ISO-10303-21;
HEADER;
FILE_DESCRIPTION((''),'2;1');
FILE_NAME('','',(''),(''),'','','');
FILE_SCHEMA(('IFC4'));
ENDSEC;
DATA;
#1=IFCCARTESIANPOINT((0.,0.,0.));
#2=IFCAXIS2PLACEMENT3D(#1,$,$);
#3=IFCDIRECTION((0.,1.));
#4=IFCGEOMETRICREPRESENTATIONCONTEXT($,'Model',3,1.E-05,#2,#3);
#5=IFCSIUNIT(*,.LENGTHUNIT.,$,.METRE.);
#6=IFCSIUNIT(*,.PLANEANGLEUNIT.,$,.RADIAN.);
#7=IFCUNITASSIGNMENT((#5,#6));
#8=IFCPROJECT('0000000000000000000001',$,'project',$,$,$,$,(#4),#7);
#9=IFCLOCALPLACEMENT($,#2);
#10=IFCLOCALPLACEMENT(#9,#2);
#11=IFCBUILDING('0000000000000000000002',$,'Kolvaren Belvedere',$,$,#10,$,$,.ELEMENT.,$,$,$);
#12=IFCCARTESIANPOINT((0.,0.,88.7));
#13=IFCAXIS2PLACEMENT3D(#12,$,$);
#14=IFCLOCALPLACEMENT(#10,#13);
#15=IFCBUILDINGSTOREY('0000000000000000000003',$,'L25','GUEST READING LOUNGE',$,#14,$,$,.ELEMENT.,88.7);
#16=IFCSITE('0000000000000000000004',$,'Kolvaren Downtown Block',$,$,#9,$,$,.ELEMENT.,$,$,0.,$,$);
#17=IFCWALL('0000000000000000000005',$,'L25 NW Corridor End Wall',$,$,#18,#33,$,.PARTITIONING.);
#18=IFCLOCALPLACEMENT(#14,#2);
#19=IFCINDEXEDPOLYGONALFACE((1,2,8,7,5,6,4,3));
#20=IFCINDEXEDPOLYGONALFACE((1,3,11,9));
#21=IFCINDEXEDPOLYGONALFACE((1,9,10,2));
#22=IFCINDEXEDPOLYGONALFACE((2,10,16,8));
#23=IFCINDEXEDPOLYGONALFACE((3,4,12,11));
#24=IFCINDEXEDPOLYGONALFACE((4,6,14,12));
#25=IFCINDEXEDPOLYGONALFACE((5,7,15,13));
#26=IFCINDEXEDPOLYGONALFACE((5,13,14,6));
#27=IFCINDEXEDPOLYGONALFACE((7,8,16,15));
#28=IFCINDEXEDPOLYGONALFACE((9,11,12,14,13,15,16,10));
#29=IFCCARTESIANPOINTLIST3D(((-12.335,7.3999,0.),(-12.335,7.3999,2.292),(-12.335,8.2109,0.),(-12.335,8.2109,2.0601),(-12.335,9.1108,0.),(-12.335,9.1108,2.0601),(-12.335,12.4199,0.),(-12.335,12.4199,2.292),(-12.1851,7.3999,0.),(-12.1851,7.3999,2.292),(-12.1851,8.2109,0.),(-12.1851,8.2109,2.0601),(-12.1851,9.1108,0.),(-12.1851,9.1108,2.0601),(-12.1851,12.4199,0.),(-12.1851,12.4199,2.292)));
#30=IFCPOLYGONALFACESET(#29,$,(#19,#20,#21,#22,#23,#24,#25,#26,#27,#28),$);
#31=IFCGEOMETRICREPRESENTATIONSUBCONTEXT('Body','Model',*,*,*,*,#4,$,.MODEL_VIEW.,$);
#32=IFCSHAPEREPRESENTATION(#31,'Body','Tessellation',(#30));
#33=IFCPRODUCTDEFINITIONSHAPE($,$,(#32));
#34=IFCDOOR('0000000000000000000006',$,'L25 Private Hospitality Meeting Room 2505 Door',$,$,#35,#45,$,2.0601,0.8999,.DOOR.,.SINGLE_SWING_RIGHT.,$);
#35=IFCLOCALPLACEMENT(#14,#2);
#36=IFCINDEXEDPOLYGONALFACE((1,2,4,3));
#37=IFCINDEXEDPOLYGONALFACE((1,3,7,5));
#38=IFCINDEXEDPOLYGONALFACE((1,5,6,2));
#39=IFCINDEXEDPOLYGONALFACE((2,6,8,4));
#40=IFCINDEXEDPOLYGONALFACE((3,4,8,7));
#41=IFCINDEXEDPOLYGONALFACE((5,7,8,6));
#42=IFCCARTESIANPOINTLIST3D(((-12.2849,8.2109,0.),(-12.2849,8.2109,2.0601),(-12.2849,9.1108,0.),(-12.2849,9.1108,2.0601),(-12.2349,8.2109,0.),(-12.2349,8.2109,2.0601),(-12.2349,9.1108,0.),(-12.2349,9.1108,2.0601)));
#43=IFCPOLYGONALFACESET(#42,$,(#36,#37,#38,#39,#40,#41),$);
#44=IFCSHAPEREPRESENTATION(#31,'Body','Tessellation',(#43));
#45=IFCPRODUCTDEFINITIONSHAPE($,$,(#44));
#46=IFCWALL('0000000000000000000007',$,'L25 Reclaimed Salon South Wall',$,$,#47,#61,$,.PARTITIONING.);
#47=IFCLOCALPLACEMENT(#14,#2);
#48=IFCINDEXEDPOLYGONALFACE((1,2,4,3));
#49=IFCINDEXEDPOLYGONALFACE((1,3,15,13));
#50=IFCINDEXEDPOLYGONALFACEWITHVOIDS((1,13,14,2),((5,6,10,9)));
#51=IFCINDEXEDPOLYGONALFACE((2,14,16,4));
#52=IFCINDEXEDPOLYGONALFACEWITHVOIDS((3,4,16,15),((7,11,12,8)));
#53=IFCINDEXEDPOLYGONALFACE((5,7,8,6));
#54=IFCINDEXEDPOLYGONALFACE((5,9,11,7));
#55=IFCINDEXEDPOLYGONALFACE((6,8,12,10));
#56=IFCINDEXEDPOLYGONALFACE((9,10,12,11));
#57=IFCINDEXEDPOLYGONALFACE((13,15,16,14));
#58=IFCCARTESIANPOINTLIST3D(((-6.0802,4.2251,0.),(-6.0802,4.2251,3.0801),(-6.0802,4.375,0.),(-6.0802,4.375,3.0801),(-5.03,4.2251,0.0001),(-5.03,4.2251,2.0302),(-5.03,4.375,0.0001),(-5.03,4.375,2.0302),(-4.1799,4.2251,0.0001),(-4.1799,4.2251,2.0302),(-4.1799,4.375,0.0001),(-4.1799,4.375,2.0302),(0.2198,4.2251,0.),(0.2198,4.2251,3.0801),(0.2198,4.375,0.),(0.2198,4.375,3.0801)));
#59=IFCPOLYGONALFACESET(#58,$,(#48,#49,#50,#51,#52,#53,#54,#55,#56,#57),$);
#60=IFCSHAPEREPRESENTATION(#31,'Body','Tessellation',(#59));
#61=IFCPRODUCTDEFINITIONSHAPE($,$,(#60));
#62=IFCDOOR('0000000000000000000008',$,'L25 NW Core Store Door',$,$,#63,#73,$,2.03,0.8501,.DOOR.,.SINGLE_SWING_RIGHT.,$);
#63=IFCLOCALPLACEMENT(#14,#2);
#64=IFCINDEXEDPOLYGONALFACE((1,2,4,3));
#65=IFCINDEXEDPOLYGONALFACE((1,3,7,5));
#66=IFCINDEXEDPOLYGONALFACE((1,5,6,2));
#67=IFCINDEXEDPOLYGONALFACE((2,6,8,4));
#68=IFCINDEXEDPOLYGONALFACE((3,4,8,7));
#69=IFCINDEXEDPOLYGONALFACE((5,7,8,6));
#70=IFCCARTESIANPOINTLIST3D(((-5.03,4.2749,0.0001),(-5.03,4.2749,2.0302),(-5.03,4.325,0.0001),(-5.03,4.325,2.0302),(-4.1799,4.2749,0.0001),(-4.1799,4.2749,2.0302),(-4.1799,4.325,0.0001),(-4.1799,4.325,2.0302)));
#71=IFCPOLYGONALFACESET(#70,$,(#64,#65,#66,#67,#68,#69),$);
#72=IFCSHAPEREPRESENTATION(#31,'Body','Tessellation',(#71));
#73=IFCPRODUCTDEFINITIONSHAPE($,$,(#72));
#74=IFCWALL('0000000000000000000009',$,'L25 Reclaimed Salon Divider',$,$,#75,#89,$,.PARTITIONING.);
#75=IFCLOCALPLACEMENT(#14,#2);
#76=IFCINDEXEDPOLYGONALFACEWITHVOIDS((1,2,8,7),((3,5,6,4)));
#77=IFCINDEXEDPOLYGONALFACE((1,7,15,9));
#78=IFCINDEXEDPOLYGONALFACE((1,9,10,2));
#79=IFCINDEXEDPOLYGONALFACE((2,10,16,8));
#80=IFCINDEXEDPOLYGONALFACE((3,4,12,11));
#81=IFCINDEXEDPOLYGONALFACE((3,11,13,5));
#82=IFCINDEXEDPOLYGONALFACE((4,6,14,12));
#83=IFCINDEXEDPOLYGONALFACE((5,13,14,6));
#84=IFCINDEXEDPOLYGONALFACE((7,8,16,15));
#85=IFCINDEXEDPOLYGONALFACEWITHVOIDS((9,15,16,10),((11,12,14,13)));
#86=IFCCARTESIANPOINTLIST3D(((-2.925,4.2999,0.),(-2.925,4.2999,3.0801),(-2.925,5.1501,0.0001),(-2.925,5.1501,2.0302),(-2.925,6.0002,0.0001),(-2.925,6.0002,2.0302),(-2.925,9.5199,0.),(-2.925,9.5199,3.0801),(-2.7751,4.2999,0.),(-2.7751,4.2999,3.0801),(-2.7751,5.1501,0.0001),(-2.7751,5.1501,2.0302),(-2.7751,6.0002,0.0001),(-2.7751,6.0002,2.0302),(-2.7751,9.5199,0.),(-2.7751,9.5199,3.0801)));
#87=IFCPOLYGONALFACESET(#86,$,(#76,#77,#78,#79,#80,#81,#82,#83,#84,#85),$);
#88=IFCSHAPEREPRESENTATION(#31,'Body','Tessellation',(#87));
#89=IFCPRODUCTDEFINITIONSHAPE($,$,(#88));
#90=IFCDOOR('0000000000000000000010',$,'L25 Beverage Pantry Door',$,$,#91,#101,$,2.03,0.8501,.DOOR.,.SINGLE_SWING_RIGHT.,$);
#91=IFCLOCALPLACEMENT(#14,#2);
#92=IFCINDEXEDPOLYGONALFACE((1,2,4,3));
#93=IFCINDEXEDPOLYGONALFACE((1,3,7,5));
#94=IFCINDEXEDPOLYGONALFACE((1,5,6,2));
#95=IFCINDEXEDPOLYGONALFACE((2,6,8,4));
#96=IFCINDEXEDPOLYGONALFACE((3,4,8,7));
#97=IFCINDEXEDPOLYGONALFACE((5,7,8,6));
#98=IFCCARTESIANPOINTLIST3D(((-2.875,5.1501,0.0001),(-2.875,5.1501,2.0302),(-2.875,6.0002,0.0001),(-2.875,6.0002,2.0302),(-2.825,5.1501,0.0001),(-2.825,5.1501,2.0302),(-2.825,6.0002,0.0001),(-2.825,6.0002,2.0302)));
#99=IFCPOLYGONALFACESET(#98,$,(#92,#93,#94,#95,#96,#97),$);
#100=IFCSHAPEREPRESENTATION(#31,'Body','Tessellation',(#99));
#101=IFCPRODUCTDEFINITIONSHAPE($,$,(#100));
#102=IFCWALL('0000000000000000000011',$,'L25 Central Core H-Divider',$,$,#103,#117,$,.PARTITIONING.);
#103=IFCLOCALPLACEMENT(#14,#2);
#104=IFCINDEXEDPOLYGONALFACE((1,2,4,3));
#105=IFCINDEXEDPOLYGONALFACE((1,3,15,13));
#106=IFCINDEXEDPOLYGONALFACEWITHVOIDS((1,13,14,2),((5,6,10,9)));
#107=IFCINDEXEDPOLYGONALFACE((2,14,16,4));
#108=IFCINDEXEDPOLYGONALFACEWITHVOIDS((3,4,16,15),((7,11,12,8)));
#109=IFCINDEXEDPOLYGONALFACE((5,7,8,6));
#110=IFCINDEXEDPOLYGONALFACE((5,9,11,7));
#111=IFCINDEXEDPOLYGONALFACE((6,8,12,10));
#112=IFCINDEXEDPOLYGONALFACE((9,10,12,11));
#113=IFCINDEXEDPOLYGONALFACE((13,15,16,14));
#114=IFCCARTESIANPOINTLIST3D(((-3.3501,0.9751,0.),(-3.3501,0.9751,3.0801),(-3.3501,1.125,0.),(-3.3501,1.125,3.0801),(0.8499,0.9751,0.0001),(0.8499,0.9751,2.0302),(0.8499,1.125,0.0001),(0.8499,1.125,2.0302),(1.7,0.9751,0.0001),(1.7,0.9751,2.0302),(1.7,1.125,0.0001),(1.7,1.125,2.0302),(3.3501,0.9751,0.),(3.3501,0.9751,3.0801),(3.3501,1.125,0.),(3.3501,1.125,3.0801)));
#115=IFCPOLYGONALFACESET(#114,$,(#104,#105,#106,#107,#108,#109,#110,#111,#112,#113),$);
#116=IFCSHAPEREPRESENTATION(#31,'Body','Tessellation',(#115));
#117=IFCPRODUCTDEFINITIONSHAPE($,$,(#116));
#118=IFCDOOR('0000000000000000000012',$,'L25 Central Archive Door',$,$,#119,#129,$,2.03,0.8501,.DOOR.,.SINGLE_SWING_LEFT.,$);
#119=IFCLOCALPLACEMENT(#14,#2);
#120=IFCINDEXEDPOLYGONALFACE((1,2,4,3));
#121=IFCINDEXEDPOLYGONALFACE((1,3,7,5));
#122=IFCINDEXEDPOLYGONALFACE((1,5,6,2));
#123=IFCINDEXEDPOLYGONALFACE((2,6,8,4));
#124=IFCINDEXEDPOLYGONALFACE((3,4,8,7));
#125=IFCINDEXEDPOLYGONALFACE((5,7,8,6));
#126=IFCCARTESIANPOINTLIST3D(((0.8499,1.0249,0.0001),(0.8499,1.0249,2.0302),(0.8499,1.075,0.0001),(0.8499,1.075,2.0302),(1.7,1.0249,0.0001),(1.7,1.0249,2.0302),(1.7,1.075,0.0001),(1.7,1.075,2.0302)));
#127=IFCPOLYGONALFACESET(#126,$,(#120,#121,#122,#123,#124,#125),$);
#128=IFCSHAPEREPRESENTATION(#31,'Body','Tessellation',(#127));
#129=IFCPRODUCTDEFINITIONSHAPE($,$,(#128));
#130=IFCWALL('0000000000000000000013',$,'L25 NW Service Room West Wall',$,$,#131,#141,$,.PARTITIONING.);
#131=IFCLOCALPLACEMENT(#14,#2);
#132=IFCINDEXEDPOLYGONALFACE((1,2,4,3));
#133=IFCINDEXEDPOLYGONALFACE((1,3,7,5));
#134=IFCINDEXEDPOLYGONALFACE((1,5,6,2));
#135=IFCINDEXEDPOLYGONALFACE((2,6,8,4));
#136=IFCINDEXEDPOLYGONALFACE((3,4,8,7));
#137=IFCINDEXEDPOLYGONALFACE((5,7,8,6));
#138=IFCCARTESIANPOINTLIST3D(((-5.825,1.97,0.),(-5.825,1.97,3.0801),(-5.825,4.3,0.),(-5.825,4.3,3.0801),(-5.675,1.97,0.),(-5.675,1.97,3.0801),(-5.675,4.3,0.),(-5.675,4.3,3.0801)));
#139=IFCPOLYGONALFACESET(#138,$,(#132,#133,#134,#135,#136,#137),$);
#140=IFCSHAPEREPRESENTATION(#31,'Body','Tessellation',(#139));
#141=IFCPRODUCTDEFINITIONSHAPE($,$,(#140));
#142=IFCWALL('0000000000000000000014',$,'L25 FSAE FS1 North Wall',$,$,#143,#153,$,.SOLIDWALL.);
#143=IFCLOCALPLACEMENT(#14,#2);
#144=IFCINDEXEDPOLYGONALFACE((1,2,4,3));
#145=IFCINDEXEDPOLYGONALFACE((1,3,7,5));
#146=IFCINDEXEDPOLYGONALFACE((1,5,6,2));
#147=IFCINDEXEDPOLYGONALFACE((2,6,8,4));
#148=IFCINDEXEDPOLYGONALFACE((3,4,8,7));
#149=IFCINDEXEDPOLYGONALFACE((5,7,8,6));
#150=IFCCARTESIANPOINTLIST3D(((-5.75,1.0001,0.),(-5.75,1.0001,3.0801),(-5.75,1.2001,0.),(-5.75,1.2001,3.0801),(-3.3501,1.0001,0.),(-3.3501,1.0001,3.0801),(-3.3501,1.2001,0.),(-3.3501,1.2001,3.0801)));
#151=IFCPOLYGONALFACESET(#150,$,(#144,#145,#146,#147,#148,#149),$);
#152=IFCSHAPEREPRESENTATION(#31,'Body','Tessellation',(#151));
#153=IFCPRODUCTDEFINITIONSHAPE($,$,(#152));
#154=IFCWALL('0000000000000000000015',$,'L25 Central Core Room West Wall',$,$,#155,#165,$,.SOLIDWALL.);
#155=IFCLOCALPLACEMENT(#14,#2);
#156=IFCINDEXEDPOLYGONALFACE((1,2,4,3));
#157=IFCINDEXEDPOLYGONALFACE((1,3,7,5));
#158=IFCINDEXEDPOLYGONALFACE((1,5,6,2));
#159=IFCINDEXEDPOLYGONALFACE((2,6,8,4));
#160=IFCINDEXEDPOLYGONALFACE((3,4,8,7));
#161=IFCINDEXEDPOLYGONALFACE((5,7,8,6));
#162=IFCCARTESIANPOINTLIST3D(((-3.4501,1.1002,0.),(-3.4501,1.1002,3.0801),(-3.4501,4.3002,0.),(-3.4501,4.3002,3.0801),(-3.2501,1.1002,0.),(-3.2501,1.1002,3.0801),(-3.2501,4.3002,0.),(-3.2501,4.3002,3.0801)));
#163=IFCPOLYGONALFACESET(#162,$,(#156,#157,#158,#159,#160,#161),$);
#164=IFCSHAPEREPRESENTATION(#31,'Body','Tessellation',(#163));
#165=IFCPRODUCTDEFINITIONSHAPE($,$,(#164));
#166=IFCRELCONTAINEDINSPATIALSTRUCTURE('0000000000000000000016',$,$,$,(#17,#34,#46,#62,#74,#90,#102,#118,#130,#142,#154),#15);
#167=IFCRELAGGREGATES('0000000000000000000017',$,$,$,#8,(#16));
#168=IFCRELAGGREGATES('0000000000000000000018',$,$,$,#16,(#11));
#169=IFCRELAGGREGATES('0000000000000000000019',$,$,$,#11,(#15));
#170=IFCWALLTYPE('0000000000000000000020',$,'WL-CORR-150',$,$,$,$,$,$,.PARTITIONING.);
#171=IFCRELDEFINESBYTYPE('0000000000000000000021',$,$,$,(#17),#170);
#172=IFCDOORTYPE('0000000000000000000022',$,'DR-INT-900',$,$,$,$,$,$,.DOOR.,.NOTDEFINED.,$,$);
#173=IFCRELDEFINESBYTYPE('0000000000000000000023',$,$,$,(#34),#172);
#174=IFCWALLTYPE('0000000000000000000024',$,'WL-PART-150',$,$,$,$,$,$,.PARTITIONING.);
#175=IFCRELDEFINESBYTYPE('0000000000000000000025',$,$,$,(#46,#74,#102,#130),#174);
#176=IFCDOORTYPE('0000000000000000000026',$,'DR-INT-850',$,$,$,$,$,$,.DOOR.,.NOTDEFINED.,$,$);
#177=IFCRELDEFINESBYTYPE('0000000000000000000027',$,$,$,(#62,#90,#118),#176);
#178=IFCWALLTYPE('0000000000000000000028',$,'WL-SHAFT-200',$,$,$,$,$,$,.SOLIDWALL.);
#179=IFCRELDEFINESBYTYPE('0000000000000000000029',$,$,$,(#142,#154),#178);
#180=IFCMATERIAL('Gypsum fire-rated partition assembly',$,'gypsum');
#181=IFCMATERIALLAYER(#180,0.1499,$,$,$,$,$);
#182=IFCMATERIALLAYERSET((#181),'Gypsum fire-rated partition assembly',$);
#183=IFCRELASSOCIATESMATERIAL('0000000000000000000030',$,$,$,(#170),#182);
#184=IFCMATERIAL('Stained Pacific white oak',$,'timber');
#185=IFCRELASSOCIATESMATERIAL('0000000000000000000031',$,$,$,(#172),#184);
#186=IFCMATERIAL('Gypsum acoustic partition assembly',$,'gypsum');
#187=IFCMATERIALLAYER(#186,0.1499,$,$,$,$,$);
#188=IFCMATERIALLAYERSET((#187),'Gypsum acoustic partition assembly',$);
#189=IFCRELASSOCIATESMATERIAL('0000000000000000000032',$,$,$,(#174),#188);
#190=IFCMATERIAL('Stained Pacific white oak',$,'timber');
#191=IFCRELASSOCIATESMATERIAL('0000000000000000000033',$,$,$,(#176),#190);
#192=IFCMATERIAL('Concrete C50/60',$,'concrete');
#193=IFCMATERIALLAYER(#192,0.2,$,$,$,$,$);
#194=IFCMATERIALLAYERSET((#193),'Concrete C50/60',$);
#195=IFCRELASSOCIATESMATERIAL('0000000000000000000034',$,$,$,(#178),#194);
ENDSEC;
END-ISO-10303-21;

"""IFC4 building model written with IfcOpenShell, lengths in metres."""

from ifc_helpers import new_model, si_unit, direction, frame, frame_2d, origin, place, context, subcontext, project, spatial, rectangle, extrude, material, layer, layer_set, type_object, element, fill, save


model = new_model("IFC4")

# Units and contexts
model_context = context("Model", 3, precision=1e-05, world=origin(), true_north=direction((0.0, 1.0)))
body_context = subcontext(model_context, "Body", "Model", "MODEL_VIEW")
ifc_project = project(units=[si_unit("LENGTHUNIT", "METRE"), si_unit("PLANEANGLEUNIT", "RADIAN")], contexts=[model_context])

# Site, building, storey
site_placement = place(None, origin())
site = spatial("IfcSite", under=ifc_project, at=site_placement, Name="Kolvaren Downtown Block", CompositionType="ELEMENT", RefElevation=0.0)
building_placement = place(site_placement, origin())
building = spatial("IfcBuilding", under=site, at=building_placement, Name="Kolvaren Belvedere", CompositionType="ELEMENT")
storey_placement = place(building_placement, frame((0.0, 0.0, 88.7)))
storey = spatial("IfcBuildingStorey", under=building, at=storey_placement, Name="L25", Description="GUEST READING LOUNGE", CompositionType="ELEMENT", Elevation=88.7)

# Walls, openings, doors
ifc_material_1 = material(Name="Gypsum fire-rated partition assembly", Category="gypsum")
ifc_layer_1 = layer(ifc_material_1, 0.1499)
ifc_layer_set_1 = layer_set([ifc_layer_1], Name="Gypsum fire-rated partition assembly")
wall_type_1 = type_object("IfcWallType", Name="WL-CORR-150", PredefinedType="PARTITIONING", material=ifc_layer_set_1)
wall_1_placement = place(storey_placement, frame((-12.26, 7.3999, 0.0), z_axis=(0.0, 0.0, 1.0), x_axis=(0.0, 1.0, 0.0)))
wall_1 = element("IfcWall", 1, at=wall_1_placement, inside=storey, type_object=wall_type_1, Name="L25 NW Corridor End Wall", PredefinedType="PARTITIONING", context=body_context, shape_type="SweptSolid", body=[
    extrude(rectangle(XDim=5.02, YDim=0.1499, at=frame_2d((2.51, 0.0))), origin(), (0.0, 0.0, 1.0), 2.292),
])
opening_1_placement = place(wall_1_placement, frame((0.811, 0.0, 0.0)))
opening_1 = element("IfcOpeningElement", 2, at=opening_1_placement, cuts=wall_1, PredefinedType="OPENING", context=body_context, shape_type="SweptSolid", body=[
    extrude(rectangle(XDim=0.8999, YDim=2.0601, at=frame_2d((0.45, 1.03))), frame((0.0, 0.085, 0.0), z_axis=(0.0, -1.0, 0.0), x_axis=(1.0, 0.0, 0.0)), (0.0, 0.0, 1.0), 0.1699),
])
ifc_material_2 = material(Name="Stained Pacific white oak", Category="timber")
door_type_1 = type_object("IfcDoorType", Name="DR-INT-900", OperationType="NOTDEFINED", PredefinedType="DOOR", material=ifc_material_2)
door_1_placement = place(opening_1_placement, origin())
door_1 = element("IfcDoor", 3, at=door_1_placement, inside=storey, type_object=door_type_1, Name="L25 Private Hospitality Meeting Room 2505 Door", OperationType="SINGLE_SWING_RIGHT", OverallHeight=2.0601, OverallWidth=0.8999, PredefinedType="DOOR", context=body_context, shape_type="SweptSolid", body=[
    extrude(rectangle(XDim=0.8999, YDim=2.0601, at=frame_2d((0.45, 1.03))), frame((0.0, 0.0249, 0.0), z_axis=(0.0, -1.0, 0.0), x_axis=(1.0, 0.0, 0.0)), (0.0, 0.0, 1.0), 0.05),
])
fill(opening_1, door_1)
ifc_material_3 = material(Name="Gypsum acoustic partition assembly", Category="gypsum")
ifc_layer_2 = layer(ifc_material_3, 0.1499)
ifc_layer_set_2 = layer_set([ifc_layer_2], Name="Gypsum acoustic partition assembly")
wall_type_2 = type_object("IfcWallType", Name="WL-PART-150", PredefinedType="PARTITIONING", material=ifc_layer_set_2)
wall_2_placement = place(storey_placement, frame((-6.0801, 4.3, 0.0), z_axis=(0.0, 0.0, 1.0), x_axis=(1.0, 0.0, 0.0)))
wall_2 = element("IfcWall", 4, at=wall_2_placement, inside=storey, type_object=wall_type_2, Name="L25 Reclaimed Salon South Wall", PredefinedType="PARTITIONING", context=body_context, shape_type="SweptSolid", body=[
    extrude(rectangle(XDim=6.3, YDim=0.1499, at=frame_2d((3.1499, 0.0))), origin(), (0.0, 0.0, 1.0), 3.0801),
])
opening_2_placement = place(wall_2_placement, frame((1.05, 0.0, 0.0)))
opening_2 = element("IfcOpeningElement", 5, at=opening_2_placement, cuts=wall_2, PredefinedType="OPENING", context=body_context, shape_type="SweptSolid", body=[
    extrude(rectangle(XDim=0.8501, YDim=2.03, at=frame_2d((0.425, 1.0151))), frame((0.0, 0.085, 0.0), z_axis=(0.0, -1.0, 0.0), x_axis=(1.0, 0.0, 0.0)), (0.0, 0.0, 1.0), 0.1699),
])
ifc_material_4 = material(Name="Stained Pacific white oak", Category="timber")
door_type_2 = type_object("IfcDoorType", Name="DR-INT-850", OperationType="NOTDEFINED", PredefinedType="DOOR", material=ifc_material_4)
door_2_placement = place(opening_2_placement, origin())
door_2 = element("IfcDoor", 6, at=door_2_placement, inside=storey, type_object=door_type_2, Name="L25 NW Core Store Door", OperationType="SINGLE_SWING_RIGHT", OverallHeight=2.03, OverallWidth=0.8501, PredefinedType="DOOR", context=body_context, shape_type="SweptSolid", body=[
    extrude(rectangle(XDim=0.8501, YDim=2.03, at=frame_2d((0.425, 1.0151))), frame((0.0, 0.0249, 0.0), z_axis=(0.0, -1.0, 0.0), x_axis=(1.0, 0.0, 0.0)), (0.0, 0.0, 1.0), 0.05),
])
fill(opening_2, door_2)
wall_3_placement = place(storey_placement, frame((-2.8501, 4.3, 0.0), z_axis=(0.0, 0.0, 1.0), x_axis=(0.0, 1.0, 0.0)))
wall_3 = element("IfcWall", 7, at=wall_3_placement, inside=storey, type_object=wall_type_2, Name="L25 Reclaimed Salon Divider", PredefinedType="PARTITIONING", context=body_context, shape_type="SweptSolid", body=[
    extrude(rectangle(XDim=5.22, YDim=0.1499, at=frame_2d((2.6099, 0.0))), origin(), (0.0, 0.0, 1.0), 3.0801),
])
opening_3_placement = place(wall_3_placement, frame((0.8501, 0.0, 0.0)))
opening_3 = element("IfcOpeningElement", 8, at=opening_3_placement, cuts=wall_3, PredefinedType="OPENING", context=body_context, shape_type="SweptSolid", body=[
    extrude(rectangle(XDim=0.8501, YDim=2.03, at=frame_2d((0.425, 1.0151))), frame((0.0, 0.085, 0.0), z_axis=(0.0, -1.0, 0.0), x_axis=(1.0, 0.0, 0.0)), (0.0, 0.0, 1.0), 0.1699),
])
door_3_placement = place(opening_3_placement, origin())
door_3 = element("IfcDoor", 9, at=door_3_placement, inside=storey, type_object=door_type_2, Name="L25 Beverage Pantry Door", OperationType="SINGLE_SWING_RIGHT", OverallHeight=2.03, OverallWidth=0.8501, PredefinedType="DOOR", context=body_context, shape_type="SweptSolid", body=[
    extrude(rectangle(XDim=0.8501, YDim=2.03, at=frame_2d((0.425, 1.0151))), frame((0.0, 0.0249, 0.0), z_axis=(0.0, -1.0, 0.0), x_axis=(1.0, 0.0, 0.0)), (0.0, 0.0, 1.0), 0.05),
])
fill(opening_3, door_3)
wall_4_placement = place(storey_placement, frame((-3.3501, 1.05, 0.0), z_axis=(0.0, 0.0, 1.0), x_axis=(1.0, 0.0, 0.0)))
wall_4 = element("IfcWall", 10, at=wall_4_placement, inside=storey, type_object=wall_type_2, Name="L25 Central Core H-Divider", PredefinedType="PARTITIONING", context=body_context, shape_type="SweptSolid", body=[
    extrude(rectangle(XDim=6.7002, YDim=0.1499, at=frame_2d((3.3501, 0.0))), origin(), (0.0, 0.0, 1.0), 3.0801),
])
opening_4_placement = place(wall_4_placement, frame((4.2, 0.0, 0.0)))
opening_4 = element("IfcOpeningElement", 11, at=opening_4_placement, cuts=wall_4, PredefinedType="OPENING", context=body_context, shape_type="SweptSolid", body=[
    extrude(rectangle(XDim=0.8501, YDim=2.03, at=frame_2d((0.425, 1.0151))), frame((0.0, 0.085, 0.0), z_axis=(0.0, -1.0, 0.0), x_axis=(1.0, 0.0, 0.0)), (0.0, 0.0, 1.0), 0.1699),
])
door_4_placement = place(opening_4_placement, origin())
door_4 = element("IfcDoor", 12, at=door_4_placement, inside=storey, type_object=door_type_2, Name="L25 Central Archive Door", OperationType="SINGLE_SWING_LEFT", OverallHeight=2.03, OverallWidth=0.8501, PredefinedType="DOOR", context=body_context, shape_type="SweptSolid", body=[
    extrude(rectangle(XDim=0.8501, YDim=2.03, at=frame_2d((0.425, 1.0151))), frame((0.0, 0.0249, 0.0), z_axis=(0.0, -1.0, 0.0), x_axis=(1.0, 0.0, 0.0)), (0.0, 0.0, 1.0), 0.05),
])
fill(opening_4, door_4)

# Walls
wall_5_placement = place(storey_placement, frame((-5.75, 1.97, 0.0), z_axis=(0.0, 0.0, 1.0), x_axis=(0.0, 1.0, 0.0)))
element("IfcWall", 13, at=wall_5_placement, inside=storey, type_object=wall_type_2, Name="L25 NW Service Room West Wall", PredefinedType="PARTITIONING", context=body_context, shape_type="SweptSolid", body=[
    extrude(rectangle(XDim=2.3301, YDim=0.1499, at=frame_2d((1.165, 0.0))), origin(), (0.0, 0.0, 1.0), 3.0801),
])
ifc_material_5 = material(Name="Concrete C50/60", Category="concrete")
ifc_layer_3 = layer(ifc_material_5, 0.2)
ifc_layer_set_3 = layer_set([ifc_layer_3], Name="Concrete C50/60")
wall_type_3 = type_object("IfcWallType", Name="WL-SHAFT-200", PredefinedType="SOLIDWALL", material=ifc_layer_set_3)
wall_6_placement = place(storey_placement, frame((-5.75, 1.1001, 0.0), z_axis=(0.0, 0.0, 1.0), x_axis=(1.0, 0.0, 0.0)))
element("IfcWall", 14, at=wall_6_placement, inside=storey, type_object=wall_type_3, Name="L25 FSAE FS1 North Wall", PredefinedType="SOLIDWALL", context=body_context, shape_type="SweptSolid", body=[
    extrude(rectangle(XDim=2.3999, YDim=0.2, at=frame_2d((1.2, 0.0))), origin(), (0.0, 0.0, 1.0), 3.0801),
])
wall_7_placement = place(storey_placement, frame((-3.3501, 1.1001, 0.0), z_axis=(0.0, 0.0, 1.0), x_axis=(0.0, 1.0, 0.0)))
element("IfcWall", 15, at=wall_7_placement, inside=storey, type_object=wall_type_3, Name="L25 Central Core Room West Wall", PredefinedType="SOLIDWALL", context=body_context, shape_type="SweptSolid", body=[
    extrude(rectangle(XDim=3.2, YDim=0.2, at=frame_2d((1.6001, 0.0))), origin(), (0.0, 0.0, 1.0), 3.0801),
])

save(model, "model.ifc")
